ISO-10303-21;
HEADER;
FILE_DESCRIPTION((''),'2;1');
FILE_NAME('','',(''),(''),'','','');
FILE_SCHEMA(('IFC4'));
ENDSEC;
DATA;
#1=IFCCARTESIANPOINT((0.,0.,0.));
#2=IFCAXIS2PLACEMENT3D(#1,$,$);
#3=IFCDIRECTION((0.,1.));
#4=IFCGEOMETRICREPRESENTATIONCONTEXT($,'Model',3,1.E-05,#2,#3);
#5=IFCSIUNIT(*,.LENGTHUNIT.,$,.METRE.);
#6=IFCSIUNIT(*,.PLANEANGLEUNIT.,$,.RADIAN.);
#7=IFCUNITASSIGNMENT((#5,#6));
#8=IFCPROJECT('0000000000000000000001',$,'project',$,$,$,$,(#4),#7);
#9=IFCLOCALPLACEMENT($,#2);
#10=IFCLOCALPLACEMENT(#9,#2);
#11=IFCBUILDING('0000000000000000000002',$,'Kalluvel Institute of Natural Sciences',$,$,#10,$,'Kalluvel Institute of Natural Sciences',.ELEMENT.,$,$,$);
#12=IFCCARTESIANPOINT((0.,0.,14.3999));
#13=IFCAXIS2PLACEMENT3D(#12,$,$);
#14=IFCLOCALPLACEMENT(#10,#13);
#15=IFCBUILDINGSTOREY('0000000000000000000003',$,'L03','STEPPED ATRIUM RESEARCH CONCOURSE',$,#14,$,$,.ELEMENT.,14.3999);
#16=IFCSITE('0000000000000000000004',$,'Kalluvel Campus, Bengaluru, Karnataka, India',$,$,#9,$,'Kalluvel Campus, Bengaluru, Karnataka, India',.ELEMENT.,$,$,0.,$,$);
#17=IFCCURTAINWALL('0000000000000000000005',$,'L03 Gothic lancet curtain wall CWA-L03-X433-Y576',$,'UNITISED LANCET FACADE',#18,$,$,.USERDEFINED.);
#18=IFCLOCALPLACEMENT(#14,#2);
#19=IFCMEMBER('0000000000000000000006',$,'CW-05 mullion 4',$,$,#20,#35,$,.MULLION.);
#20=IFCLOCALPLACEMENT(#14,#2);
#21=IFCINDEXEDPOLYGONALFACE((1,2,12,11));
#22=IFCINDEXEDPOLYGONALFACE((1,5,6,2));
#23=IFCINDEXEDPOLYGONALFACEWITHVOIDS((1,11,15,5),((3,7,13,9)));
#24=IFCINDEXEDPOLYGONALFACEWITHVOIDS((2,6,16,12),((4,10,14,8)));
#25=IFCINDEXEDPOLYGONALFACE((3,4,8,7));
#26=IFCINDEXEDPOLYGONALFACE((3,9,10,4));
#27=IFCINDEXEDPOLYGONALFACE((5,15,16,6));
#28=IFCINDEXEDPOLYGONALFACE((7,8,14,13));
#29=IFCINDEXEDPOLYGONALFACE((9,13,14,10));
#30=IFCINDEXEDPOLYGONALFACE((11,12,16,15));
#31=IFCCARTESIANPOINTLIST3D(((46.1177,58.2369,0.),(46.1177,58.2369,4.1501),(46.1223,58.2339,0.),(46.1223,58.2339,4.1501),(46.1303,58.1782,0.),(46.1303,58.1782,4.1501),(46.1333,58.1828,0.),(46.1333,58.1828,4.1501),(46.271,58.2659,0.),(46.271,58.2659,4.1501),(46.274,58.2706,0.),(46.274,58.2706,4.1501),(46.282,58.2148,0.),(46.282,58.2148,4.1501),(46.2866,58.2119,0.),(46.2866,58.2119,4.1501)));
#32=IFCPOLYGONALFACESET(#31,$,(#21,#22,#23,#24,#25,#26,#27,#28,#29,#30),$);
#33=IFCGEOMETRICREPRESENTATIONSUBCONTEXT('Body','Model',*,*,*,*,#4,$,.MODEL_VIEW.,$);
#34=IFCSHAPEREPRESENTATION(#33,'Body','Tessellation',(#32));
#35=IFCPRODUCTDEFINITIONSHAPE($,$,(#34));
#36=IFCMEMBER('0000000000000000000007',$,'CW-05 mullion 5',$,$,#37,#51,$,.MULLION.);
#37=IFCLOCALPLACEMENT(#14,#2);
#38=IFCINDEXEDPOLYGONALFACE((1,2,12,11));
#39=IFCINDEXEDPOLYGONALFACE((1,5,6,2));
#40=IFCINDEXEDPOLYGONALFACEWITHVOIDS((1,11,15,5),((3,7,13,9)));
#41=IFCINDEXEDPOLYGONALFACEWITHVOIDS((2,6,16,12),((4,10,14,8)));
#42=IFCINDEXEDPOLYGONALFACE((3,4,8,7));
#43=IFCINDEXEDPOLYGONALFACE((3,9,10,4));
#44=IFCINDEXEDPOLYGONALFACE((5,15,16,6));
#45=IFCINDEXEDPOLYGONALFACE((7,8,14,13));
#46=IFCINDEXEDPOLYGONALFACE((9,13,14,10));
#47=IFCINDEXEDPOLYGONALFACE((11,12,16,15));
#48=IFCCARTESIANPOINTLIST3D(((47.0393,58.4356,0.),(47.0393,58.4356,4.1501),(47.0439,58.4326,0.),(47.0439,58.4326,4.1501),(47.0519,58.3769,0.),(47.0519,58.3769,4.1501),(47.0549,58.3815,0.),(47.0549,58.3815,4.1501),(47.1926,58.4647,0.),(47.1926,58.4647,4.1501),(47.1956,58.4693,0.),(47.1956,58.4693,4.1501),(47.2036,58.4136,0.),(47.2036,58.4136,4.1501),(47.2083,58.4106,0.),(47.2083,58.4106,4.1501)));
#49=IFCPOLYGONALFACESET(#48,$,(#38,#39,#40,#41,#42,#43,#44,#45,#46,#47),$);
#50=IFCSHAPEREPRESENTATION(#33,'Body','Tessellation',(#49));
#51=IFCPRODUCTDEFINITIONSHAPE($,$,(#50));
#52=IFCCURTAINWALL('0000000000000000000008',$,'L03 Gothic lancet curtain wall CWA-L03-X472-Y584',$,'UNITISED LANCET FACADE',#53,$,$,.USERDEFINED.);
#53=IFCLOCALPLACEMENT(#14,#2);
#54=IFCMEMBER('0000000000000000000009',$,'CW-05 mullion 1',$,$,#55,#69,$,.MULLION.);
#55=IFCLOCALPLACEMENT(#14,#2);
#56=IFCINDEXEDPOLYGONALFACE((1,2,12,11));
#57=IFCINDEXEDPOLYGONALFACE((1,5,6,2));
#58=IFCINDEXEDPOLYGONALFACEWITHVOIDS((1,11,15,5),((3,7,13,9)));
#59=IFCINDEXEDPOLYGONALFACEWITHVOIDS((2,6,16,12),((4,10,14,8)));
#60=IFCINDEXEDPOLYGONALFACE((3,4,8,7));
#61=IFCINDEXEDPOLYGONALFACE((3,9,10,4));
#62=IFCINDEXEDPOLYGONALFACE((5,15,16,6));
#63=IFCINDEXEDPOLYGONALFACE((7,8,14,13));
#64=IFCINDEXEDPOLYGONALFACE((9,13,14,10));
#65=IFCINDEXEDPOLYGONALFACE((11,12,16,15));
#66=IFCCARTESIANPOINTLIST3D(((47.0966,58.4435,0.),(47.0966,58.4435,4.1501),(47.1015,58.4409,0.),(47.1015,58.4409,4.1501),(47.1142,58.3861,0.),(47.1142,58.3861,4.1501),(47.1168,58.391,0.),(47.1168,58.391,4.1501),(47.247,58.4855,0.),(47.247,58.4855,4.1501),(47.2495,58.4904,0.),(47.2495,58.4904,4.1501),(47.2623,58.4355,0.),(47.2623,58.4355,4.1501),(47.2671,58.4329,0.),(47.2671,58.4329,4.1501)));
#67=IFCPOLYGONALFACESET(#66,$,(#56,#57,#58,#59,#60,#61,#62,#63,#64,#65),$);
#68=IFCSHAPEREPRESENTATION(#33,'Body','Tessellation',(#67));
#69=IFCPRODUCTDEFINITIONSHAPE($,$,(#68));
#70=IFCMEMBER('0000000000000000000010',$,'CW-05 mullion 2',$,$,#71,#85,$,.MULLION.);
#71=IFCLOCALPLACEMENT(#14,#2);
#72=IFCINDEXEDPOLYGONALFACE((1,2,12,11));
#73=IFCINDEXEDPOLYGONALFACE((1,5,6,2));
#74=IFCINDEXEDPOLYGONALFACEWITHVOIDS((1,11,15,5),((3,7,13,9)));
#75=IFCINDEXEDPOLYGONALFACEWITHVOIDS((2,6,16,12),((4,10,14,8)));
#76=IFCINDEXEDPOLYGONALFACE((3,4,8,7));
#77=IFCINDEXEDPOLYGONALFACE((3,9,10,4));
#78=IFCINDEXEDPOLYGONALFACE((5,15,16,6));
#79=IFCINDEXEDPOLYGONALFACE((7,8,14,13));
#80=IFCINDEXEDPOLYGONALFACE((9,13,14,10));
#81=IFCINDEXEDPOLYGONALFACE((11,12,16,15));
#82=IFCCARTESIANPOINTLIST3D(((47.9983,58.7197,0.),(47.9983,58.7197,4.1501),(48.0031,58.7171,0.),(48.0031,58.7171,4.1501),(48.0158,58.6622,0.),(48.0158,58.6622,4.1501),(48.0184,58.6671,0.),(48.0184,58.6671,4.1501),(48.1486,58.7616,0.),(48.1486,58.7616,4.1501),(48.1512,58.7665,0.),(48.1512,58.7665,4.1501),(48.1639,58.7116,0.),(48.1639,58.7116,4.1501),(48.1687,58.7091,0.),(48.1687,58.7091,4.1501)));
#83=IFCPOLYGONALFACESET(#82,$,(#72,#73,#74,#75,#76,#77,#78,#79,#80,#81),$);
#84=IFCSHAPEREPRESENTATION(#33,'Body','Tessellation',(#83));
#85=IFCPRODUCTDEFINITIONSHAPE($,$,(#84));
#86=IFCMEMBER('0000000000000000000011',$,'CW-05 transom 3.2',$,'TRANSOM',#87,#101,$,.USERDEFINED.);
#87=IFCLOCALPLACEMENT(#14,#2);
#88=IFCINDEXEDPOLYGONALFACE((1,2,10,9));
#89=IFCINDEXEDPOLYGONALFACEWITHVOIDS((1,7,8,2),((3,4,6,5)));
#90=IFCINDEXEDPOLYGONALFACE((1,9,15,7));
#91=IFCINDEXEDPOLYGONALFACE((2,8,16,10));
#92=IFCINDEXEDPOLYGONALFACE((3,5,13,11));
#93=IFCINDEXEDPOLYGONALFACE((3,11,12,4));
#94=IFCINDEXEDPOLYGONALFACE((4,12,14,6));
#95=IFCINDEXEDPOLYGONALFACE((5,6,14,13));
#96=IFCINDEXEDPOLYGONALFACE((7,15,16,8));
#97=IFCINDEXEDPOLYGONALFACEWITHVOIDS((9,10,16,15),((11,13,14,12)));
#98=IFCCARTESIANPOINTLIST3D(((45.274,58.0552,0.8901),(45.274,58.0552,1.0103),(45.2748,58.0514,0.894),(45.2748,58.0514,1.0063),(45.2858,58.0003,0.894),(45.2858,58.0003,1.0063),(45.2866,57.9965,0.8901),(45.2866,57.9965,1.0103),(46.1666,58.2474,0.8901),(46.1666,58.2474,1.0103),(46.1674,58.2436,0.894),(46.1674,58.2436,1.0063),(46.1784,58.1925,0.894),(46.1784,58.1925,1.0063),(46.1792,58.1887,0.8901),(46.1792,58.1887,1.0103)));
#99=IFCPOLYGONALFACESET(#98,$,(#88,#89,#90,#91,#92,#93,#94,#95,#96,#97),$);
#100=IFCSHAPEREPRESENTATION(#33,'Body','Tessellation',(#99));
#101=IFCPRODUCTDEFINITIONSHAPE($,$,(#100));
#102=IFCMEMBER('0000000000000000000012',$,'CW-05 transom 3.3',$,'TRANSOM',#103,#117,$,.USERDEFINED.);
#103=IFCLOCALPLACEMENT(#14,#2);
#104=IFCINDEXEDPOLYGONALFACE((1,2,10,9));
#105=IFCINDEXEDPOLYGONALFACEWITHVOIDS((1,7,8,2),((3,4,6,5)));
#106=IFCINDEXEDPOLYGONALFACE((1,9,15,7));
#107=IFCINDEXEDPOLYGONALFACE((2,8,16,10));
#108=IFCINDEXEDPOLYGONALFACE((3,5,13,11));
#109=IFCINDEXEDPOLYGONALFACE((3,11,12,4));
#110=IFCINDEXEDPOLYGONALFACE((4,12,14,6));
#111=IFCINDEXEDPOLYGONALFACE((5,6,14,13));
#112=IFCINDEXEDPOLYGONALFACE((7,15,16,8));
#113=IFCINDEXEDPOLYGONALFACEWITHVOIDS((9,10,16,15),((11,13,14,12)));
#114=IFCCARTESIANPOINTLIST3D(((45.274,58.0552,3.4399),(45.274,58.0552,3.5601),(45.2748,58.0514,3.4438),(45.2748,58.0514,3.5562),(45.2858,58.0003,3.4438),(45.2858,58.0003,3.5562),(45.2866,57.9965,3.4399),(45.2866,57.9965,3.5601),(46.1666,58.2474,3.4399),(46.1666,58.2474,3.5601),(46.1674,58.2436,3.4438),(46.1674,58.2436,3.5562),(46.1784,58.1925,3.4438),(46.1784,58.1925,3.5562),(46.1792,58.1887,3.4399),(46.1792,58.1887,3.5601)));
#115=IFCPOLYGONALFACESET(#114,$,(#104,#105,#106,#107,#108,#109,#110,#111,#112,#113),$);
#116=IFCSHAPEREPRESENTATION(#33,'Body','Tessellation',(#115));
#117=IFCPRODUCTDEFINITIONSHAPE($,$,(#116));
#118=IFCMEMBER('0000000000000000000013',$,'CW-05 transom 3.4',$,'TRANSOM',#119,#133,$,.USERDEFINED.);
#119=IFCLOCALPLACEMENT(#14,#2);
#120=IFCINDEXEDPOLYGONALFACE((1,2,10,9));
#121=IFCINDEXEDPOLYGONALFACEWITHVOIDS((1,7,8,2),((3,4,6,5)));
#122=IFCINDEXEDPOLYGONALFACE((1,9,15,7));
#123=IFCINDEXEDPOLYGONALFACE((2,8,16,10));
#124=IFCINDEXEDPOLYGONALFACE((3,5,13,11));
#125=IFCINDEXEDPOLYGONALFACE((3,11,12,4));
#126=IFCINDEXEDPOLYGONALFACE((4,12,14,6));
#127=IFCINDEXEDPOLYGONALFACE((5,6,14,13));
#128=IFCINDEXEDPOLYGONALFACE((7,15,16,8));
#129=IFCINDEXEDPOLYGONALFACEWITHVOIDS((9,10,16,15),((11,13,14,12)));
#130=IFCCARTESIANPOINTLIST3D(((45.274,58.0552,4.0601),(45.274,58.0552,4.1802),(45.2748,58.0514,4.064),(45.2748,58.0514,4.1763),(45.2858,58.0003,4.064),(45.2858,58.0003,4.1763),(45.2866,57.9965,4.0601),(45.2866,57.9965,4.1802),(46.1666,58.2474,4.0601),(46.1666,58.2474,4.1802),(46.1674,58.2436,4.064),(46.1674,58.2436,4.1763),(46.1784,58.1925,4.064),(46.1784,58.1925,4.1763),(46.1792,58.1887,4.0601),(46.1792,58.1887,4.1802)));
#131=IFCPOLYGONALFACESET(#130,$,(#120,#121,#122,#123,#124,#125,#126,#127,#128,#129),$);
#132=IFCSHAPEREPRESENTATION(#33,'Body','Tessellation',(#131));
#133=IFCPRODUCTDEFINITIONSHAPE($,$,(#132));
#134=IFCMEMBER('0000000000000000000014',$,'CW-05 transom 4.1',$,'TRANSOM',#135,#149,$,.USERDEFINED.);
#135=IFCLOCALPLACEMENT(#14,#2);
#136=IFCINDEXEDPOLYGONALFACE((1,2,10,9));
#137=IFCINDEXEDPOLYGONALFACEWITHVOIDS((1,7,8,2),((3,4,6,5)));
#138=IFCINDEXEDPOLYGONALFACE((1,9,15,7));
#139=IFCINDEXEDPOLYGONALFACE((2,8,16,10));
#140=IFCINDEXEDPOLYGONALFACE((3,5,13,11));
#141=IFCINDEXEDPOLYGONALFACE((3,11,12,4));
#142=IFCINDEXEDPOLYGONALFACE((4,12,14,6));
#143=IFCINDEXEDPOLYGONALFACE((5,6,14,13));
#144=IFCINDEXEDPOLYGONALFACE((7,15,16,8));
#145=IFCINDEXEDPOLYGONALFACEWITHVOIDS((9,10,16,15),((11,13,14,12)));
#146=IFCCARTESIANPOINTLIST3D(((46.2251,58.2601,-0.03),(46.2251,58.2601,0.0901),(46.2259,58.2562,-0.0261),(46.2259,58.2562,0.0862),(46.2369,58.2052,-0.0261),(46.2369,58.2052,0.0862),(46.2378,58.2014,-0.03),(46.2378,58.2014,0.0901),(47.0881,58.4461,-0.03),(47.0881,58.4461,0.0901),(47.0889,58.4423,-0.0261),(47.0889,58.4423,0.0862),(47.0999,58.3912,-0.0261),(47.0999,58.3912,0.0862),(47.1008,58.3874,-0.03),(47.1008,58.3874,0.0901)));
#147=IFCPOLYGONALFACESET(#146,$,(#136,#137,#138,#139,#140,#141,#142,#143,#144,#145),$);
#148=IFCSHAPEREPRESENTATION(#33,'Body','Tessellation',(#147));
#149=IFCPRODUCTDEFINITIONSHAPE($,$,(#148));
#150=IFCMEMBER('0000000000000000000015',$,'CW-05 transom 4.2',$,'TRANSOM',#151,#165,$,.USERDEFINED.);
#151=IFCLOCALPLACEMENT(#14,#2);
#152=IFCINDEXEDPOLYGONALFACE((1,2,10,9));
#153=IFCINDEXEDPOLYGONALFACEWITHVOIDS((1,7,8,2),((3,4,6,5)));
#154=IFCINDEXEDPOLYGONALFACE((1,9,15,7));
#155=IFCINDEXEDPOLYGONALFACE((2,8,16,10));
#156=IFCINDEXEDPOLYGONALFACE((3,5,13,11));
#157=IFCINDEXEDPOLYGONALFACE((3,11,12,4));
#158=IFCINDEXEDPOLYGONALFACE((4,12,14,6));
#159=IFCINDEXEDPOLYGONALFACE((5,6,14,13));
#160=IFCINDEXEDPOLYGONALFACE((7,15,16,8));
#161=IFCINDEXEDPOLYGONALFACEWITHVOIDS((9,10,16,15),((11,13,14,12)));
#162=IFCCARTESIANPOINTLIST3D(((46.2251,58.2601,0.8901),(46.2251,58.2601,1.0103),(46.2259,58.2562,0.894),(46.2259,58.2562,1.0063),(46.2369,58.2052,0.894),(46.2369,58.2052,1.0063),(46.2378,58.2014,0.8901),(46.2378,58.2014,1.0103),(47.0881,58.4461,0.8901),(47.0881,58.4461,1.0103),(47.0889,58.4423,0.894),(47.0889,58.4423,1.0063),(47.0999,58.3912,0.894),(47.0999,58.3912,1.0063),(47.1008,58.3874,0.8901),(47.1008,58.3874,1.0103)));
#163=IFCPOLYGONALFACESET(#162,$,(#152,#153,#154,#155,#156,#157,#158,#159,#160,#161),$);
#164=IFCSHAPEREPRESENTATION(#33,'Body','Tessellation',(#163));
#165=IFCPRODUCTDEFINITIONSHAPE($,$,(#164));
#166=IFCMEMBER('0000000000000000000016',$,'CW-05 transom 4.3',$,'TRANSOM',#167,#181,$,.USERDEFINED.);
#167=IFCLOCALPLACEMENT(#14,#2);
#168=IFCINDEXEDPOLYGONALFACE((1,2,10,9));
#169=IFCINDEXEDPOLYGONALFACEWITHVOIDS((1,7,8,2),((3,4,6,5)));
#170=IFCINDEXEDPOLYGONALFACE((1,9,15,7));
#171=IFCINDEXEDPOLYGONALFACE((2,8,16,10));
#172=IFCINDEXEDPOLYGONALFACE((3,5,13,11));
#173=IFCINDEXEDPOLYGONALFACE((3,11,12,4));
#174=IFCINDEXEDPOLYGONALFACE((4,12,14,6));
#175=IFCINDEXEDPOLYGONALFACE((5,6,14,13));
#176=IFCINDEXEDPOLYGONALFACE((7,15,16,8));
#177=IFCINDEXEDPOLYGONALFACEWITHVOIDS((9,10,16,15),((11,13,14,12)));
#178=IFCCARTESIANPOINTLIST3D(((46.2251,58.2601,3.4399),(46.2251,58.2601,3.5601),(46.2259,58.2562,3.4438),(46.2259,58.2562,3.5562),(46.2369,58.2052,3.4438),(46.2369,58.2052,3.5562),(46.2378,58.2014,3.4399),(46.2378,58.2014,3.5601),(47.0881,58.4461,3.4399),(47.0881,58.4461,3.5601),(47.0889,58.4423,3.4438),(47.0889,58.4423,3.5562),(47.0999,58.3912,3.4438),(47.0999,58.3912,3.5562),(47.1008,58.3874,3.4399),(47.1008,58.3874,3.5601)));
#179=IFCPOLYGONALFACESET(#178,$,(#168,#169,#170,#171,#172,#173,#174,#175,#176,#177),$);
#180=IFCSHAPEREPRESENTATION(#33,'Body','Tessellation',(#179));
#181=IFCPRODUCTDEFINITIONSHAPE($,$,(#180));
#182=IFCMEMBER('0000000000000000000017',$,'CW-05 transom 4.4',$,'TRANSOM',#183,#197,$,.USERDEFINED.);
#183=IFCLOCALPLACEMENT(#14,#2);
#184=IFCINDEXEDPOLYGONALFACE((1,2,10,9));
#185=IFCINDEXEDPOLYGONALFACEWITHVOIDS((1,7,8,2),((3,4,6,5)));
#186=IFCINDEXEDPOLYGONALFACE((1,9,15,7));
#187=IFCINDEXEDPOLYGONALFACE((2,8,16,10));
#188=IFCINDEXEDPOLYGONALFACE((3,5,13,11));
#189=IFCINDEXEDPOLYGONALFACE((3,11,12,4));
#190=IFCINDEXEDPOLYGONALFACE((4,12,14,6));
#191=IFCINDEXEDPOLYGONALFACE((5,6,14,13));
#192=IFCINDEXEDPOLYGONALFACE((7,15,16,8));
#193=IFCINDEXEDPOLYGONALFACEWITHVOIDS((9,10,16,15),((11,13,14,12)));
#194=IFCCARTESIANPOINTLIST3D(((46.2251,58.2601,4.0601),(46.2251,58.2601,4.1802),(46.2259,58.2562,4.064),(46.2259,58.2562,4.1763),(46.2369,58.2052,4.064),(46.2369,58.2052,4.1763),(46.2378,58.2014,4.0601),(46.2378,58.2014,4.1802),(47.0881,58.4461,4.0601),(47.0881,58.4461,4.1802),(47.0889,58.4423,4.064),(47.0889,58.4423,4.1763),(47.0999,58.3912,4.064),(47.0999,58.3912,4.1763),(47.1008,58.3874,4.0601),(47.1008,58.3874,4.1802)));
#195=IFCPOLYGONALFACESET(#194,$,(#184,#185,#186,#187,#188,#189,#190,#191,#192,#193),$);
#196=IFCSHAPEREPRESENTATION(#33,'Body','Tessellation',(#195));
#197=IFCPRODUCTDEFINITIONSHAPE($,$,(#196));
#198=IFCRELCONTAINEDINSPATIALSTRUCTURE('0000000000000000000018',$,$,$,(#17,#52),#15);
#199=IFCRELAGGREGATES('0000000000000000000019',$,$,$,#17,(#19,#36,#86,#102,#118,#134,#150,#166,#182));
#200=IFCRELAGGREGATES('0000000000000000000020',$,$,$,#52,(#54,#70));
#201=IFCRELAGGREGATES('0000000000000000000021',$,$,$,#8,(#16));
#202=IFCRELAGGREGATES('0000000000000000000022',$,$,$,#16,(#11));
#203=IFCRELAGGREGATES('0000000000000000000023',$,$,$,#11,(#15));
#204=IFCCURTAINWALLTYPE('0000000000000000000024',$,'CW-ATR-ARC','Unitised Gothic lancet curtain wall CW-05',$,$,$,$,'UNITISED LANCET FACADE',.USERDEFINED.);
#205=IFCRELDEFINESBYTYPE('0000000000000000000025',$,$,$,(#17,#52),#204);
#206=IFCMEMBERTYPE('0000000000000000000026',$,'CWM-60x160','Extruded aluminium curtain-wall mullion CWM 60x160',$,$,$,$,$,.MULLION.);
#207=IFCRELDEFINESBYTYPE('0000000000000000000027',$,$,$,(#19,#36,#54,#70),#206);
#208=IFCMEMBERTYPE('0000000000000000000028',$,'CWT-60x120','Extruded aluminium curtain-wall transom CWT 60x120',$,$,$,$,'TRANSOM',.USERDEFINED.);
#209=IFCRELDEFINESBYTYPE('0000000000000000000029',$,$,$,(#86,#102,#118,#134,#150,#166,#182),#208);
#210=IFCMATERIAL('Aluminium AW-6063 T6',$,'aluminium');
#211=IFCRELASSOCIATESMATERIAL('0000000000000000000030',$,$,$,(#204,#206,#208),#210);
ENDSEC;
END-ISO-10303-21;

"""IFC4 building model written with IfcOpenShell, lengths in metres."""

from ifc_helpers import new_model, si_unit, direction, frame, origin, origin_2d, place, context, subcontext, project, spatial, hollow_rectangle, extrude, material, material_profile, profile_set, type_object, element, aggregate, save


model = new_model("IFC4")

# Units and contexts
model_context = context("Model", 3, precision=1e-05, world=origin(), true_north=direction((0.0, 1.0)))
body_context = subcontext(model_context, "Body", "Model", "MODEL_VIEW")
ifc_project = project(units=[si_unit("LENGTHUNIT", "METRE"), si_unit("PLANEANGLEUNIT", "RADIAN")], contexts=[model_context])

# Site, building, storey
site_placement = place(None, origin())
site = spatial("IfcSite", under=ifc_project, at=site_placement, Name="Kalluvel Campus, Bengaluru, Karnataka, India", LongName="Kalluvel Campus, Bengaluru, Karnataka, India", CompositionType="ELEMENT", RefElevation=0.0)
building_placement = place(site_placement, origin())
building = spatial("IfcBuilding", under=site, at=building_placement, Name="Kalluvel Institute of Natural Sciences", LongName="Kalluvel Institute of Natural Sciences", CompositionType="ELEMENT")
storey_placement = place(building_placement, frame((0.0, 0.0, 14.3999)))
storey = spatial("IfcBuildingStorey", under=building, at=storey_placement, Name="L03", Description="STEPPED ATRIUM RESEARCH CONCOURSE", CompositionType="ELEMENT", Elevation=14.3999)

# Curtain walls, members
ifc_material_1 = material(Name="Aluminium AW-6063 T6", Category="aluminium")
curtain_wall_type = type_object("IfcCurtainWallType", Name="CW-ATR-ARC", Description="Unitised Gothic lancet curtain wall CW-05", ElementType="UNITISED LANCET FACADE", PredefinedType="USERDEFINED", material=ifc_material_1)
curtain_wall_1_placement = place(storey_placement, origin())
curtain_wall_1 = element("IfcCurtainWall", 1, at=curtain_wall_1_placement, inside=storey, type_object=curtain_wall_type, Name="L03 Gothic lancet curtain wall CWA-L03-X433-Y576", ObjectType="UNITISED LANCET FACADE", PredefinedType="USERDEFINED")
ifc_material_profile_1 = material_profile(ifc_material_1, hollow_rectangle(XDim=0.0601, YDim=0.1599, WallThickness=0.0039, at=origin_2d()), Name="CWM 60x160")
ifc_profile_set_1 = profile_set([ifc_material_profile_1], Name="Aluminium AW-6063 T6")
member_type_1 = type_object("IfcMemberType", Name="CWM-60x160", Description="Extruded aluminium curtain-wall mullion CWM 60x160", PredefinedType="MULLION", material=ifc_profile_set_1)
member_1_placement = place(storey_placement, frame((46.2021, 58.2244, 0.0), z_axis=(0.0, 0.0, 1.0), x_axis=(-0.210671, 0.977557, 0.0)))
member_1 = element("IfcMember", 2, at=member_1_placement, type_object=member_type_1, Name="CW-05 mullion 4", PredefinedType="MULLION", context=body_context, shape_type="SweptSolid", body=[
    extrude(hollow_rectangle(XDim=0.0601, YDim=0.1599, WallThickness=0.0039, at=origin_2d()), origin(), (0.0, 0.0, 1.0), 4.1501),
])
member_2_placement = place(storey_placement, frame((47.1238, 58.4231, 0.0), z_axis=(0.0, 0.0, 1.0), x_axis=(-0.210671, 0.977557, 0.0)))
member_2 = element("IfcMember", 3, at=member_2_placement, type_object=member_type_1, Name="CW-05 mullion 5", PredefinedType="MULLION", context=body_context, shape_type="SweptSolid", body=[
    extrude(hollow_rectangle(XDim=0.0601, YDim=0.1599, WallThickness=0.0039, at=origin_2d()), origin(), (0.0, 0.0, 1.0), 4.1501),
])
curtain_wall_2_placement = place(storey_placement, origin())
curtain_wall_2 = element("IfcCurtainWall", 4, at=curtain_wall_2_placement, inside=storey, type_object=curtain_wall_type, Name="L03 Gothic lancet curtain wall CWA-L03-X472-Y584", ObjectType="UNITISED LANCET FACADE", PredefinedType="USERDEFINED")
member_3_placement = place(storey_placement, frame((47.1819, 58.4382, 0.0), z_axis=(0.0, 0.0, 1.0), x_axis=(-0.292838, 0.956162, 0.0)))
member_3 = element("IfcMember", 5, at=member_3_placement, type_object=member_type_1, Name="CW-05 mullion 1", PredefinedType="MULLION", context=body_context, shape_type="SweptSolid", body=[
    extrude(hollow_rectangle(XDim=0.0601, YDim=0.1599, WallThickness=0.0039, at=origin_2d()), origin(), (0.0, 0.0, 1.0), 4.1501),
])
member_4_placement = place(storey_placement, frame((48.0835, 58.7144, 0.0), z_axis=(0.0, 0.0, 1.0), x_axis=(-0.292838, 0.956162, 0.0)))
member_4 = element("IfcMember", 6, at=member_4_placement, type_object=member_type_1, Name="CW-05 mullion 2", PredefinedType="MULLION", context=body_context, shape_type="SweptSolid", body=[
    extrude(hollow_rectangle(XDim=0.0601, YDim=0.1599, WallThickness=0.0039, at=origin_2d()), origin(), (0.0, 0.0, 1.0), 4.1501),
])

# Members
ifc_material_profile_2 = material_profile(ifc_material_1, hollow_rectangle(XDim=0.0601, YDim=0.1201, WallThickness=0.0039, at=origin_2d()), Name="CWT 60x120")
ifc_profile_set_2 = profile_set([ifc_material_profile_2], Name="Aluminium AW-6063 T6")
member_type_2 = type_object("IfcMemberType", Name="CWT-60x120", Description="Extruded aluminium curtain-wall transom CWT 60x120", ElementType="TRANSOM", PredefinedType="USERDEFINED", material=ifc_profile_set_2)
member_5_placement = place(storey_placement, frame((45.2803, 58.0259, 0.9502), z_axis=(0.977606, 0.210442, 0.0), x_axis=(-0.210442, 0.977606, 0.0)))
member_5 = element("IfcMember", 7, at=member_5_placement, type_object=member_type_2, Name="CW-05 transom 3.2", ObjectType="TRANSOM", PredefinedType="USERDEFINED", context=body_context, shape_type="SweptSolid", body=[
    extrude(hollow_rectangle(XDim=0.0601, YDim=0.1201, WallThickness=0.0039, at=origin_2d()), origin(), (0.0, 0.0, 1.0), 0.9131),
])
member_6_placement = place(storey_placement, frame((45.2803, 58.0259, 3.5), z_axis=(0.977606, 0.210442, 0.0), x_axis=(-0.210442, 0.977606, 0.0)))
member_6 = element("IfcMember", 8, at=member_6_placement, type_object=member_type_2, Name="CW-05 transom 3.3", ObjectType="TRANSOM", PredefinedType="USERDEFINED", context=body_context, shape_type="SweptSolid", body=[
    extrude(hollow_rectangle(XDim=0.0601, YDim=0.1201, WallThickness=0.0039, at=origin_2d()), origin(), (0.0, 0.0, 1.0), 0.9131),
])
member_7_placement = place(storey_placement, frame((45.2803, 58.0259, 4.1201), z_axis=(0.977606, 0.210442, 0.0), x_axis=(-0.210442, 0.977606, 0.0)))
member_7 = element("IfcMember", 9, at=member_7_placement, type_object=member_type_2, Name="CW-05 transom 3.4", ObjectType="TRANSOM", PredefinedType="USERDEFINED", context=body_context, shape_type="SweptSolid", body=[
    extrude(hollow_rectangle(XDim=0.0601, YDim=0.1201, WallThickness=0.0039, at=origin_2d()), origin(), (0.0, 0.0, 1.0), 0.9131),
])
member_8_placement = place(storey_placement, frame((46.2314, 58.2307, 0.03), z_axis=(0.977547, 0.210719, 0.0), x_axis=(-0.210719, 0.977547, 0.0)))
member_8 = element("IfcMember", 10, at=member_8_placement, type_object=member_type_2, Name="CW-05 transom 4.1", ObjectType="TRANSOM", PredefinedType="USERDEFINED", context=body_context, shape_type="SweptSolid", body=[
    extrude(hollow_rectangle(XDim=0.0601, YDim=0.1201, WallThickness=0.0039, at=origin_2d()), origin(), (0.0, 0.0, 1.0), 0.8828),
])
member_9_placement = place(storey_placement, frame((46.2314, 58.2307, 0.9502), z_axis=(0.977547, 0.210719, 0.0), x_axis=(-0.210719, 0.977547, 0.0)))
member_9 = element("IfcMember", 11, at=member_9_placement, type_object=member_type_2, Name="CW-05 transom 4.2", ObjectType="TRANSOM", PredefinedType="USERDEFINED", context=body_context, shape_type="SweptSolid", body=[
    extrude(hollow_rectangle(XDim=0.0601, YDim=0.1201, WallThickness=0.0039, at=origin_2d()), origin(), (0.0, 0.0, 1.0), 0.8828),
])
member_10_placement = place(storey_placement, frame((46.2314, 58.2307, 3.5), z_axis=(0.977547, 0.210719, 0.0), x_axis=(-0.210719, 0.977547, 0.0)))
member_10 = element("IfcMember", 12, at=member_10_placement, type_object=member_type_2, Name="CW-05 transom 4.3", ObjectType="TRANSOM", PredefinedType="USERDEFINED", context=body_context, shape_type="SweptSolid", body=[
    extrude(hollow_rectangle(XDim=0.0601, YDim=0.1201, WallThickness=0.0039, at=origin_2d()), origin(), (0.0, 0.0, 1.0), 0.8828),
])
member_11_placement = place(storey_placement, frame((46.2314, 58.2307, 4.1201), z_axis=(0.977547, 0.210719, 0.0), x_axis=(-0.210719, 0.977547, 0.0)))
member_11 = element("IfcMember", 13, at=member_11_placement, type_object=member_type_2, Name="CW-05 transom 4.4", ObjectType="TRANSOM", PredefinedType="USERDEFINED", context=body_context, shape_type="SweptSolid", body=[
    extrude(hollow_rectangle(XDim=0.0601, YDim=0.1201, WallThickness=0.0039, at=origin_2d()), origin(), (0.0, 0.0, 1.0), 0.8828),
])

aggregate(curtain_wall_1, [member_1, member_2, member_5, member_6, member_7, member_8, member_9, member_10, member_11])
aggregate(curtain_wall_2, [member_3, member_4])

save(model, "model.ifc")
